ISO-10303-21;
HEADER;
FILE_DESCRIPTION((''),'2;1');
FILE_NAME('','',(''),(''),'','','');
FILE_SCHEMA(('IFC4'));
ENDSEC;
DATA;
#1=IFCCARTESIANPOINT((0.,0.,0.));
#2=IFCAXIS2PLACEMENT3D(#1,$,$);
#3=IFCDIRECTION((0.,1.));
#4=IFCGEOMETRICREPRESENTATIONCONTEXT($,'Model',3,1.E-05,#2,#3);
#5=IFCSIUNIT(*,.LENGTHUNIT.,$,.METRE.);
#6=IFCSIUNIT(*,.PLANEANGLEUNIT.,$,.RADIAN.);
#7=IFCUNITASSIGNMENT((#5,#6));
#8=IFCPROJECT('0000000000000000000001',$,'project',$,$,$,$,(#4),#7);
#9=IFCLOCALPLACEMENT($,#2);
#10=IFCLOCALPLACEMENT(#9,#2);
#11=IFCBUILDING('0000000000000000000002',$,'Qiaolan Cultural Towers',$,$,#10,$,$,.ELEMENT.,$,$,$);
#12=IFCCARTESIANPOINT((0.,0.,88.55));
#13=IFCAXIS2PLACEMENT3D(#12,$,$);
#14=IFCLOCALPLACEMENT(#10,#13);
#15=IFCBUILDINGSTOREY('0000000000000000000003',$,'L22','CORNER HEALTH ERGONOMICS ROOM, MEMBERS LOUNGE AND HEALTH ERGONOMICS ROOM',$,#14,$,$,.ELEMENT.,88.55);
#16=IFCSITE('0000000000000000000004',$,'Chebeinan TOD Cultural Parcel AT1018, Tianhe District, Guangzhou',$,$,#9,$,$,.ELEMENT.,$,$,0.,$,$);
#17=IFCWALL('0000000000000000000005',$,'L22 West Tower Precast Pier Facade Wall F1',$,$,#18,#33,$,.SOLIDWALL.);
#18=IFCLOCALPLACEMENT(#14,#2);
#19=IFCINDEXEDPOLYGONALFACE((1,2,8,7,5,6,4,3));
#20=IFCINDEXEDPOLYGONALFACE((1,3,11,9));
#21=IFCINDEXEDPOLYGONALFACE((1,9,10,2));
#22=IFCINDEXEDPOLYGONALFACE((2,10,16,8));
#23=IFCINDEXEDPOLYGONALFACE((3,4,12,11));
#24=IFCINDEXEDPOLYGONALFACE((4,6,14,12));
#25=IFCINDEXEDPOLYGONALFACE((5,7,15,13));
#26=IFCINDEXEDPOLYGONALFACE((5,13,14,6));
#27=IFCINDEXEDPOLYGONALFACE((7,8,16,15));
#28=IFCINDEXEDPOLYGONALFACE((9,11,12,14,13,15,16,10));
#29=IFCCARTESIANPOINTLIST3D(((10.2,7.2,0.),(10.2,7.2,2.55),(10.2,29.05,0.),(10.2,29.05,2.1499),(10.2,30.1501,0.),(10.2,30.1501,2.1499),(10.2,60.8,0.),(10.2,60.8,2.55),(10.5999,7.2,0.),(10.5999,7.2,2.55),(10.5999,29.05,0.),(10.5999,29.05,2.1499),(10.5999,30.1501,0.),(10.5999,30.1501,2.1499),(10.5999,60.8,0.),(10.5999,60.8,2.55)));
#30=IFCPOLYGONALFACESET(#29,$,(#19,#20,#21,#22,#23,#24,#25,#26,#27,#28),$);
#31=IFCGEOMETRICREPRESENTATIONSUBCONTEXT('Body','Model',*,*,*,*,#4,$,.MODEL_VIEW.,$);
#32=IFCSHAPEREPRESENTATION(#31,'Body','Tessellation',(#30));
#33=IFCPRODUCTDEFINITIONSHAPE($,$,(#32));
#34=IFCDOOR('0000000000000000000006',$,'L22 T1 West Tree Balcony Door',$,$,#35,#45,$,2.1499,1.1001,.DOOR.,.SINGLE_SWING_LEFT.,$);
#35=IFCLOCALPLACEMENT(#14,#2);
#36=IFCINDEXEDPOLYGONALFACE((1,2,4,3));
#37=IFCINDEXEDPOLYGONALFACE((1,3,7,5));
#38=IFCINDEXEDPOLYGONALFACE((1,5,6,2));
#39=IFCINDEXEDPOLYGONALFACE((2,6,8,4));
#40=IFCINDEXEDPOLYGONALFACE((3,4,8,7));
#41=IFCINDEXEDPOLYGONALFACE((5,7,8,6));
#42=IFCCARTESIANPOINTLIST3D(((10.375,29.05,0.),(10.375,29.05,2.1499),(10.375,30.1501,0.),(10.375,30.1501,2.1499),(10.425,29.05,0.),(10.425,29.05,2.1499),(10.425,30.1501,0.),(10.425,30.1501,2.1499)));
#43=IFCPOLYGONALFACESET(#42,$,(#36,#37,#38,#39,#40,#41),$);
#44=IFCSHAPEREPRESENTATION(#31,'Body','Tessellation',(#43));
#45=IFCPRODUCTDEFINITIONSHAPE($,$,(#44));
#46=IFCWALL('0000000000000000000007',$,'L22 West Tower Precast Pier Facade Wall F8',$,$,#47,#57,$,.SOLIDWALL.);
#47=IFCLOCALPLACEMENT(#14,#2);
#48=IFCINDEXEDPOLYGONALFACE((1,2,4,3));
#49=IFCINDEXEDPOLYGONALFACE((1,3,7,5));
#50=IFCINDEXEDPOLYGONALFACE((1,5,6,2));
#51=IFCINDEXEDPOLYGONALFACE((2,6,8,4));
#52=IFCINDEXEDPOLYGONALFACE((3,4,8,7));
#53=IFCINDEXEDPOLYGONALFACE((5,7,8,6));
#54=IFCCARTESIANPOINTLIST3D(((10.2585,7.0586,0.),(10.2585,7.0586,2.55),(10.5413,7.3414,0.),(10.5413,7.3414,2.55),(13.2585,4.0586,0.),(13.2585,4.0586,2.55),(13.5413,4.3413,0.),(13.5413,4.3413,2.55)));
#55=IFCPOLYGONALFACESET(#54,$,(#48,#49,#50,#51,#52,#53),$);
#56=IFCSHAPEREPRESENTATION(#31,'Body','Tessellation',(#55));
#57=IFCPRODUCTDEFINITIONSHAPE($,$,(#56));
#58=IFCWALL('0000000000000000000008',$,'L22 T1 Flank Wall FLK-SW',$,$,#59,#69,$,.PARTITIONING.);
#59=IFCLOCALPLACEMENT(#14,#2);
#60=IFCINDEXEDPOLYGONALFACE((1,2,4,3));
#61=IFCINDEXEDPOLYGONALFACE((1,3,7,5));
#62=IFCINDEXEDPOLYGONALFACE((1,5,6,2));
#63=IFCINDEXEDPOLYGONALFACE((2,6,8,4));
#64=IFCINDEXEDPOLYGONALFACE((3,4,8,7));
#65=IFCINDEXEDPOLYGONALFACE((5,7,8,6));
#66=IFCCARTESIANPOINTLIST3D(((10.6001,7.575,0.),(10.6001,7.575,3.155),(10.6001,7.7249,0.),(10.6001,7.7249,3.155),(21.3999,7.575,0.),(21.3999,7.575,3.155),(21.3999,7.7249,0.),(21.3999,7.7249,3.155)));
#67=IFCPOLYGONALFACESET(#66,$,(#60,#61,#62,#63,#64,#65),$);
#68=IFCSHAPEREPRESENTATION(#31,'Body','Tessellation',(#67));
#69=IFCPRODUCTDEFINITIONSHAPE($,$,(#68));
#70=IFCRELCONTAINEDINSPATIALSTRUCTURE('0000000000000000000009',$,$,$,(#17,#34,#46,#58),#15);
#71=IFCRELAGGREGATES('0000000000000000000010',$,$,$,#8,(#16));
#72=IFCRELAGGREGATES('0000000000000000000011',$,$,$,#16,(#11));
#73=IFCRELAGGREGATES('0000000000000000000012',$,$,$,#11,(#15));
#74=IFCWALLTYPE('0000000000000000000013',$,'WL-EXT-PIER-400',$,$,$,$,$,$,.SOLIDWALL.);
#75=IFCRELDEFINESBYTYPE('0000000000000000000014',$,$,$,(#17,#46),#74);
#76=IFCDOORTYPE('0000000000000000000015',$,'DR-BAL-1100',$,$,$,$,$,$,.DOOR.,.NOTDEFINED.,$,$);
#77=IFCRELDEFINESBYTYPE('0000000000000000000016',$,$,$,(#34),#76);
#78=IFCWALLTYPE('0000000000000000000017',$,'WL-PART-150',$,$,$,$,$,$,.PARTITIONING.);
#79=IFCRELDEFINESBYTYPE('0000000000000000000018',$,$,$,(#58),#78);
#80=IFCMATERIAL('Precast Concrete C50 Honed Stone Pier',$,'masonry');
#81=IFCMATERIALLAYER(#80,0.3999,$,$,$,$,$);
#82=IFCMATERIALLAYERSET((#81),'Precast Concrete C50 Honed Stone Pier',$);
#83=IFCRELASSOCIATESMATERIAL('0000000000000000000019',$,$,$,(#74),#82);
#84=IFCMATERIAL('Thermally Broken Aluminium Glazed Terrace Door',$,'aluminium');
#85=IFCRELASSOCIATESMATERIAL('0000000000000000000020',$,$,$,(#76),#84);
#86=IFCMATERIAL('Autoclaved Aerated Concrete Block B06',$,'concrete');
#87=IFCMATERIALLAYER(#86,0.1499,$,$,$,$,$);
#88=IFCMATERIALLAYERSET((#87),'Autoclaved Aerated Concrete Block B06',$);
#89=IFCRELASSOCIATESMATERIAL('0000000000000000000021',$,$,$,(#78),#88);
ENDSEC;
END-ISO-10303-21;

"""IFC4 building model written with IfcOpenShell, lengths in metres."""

from ifc_helpers import new_model, si_unit, direction, frame, frame_2d, origin, place, context, subcontext, project, spatial, rectangle, extrude, material, layer, layer_set, type_object, element, fill, save


model = new_model("IFC4")

# Units and contexts
model_context = context("Model", 3, precision=1e-05, world=origin(), true_north=direction((0.0, 1.0)))
body_context = subcontext(model_context, "Body", "Model", "MODEL_VIEW")
ifc_project = project(units=[si_unit("LENGTHUNIT", "METRE"), si_unit("PLANEANGLEUNIT", "RADIAN")], contexts=[model_context])

# Site, building, storey
site_placement = place(None, origin())
site = spatial("IfcSite", under=ifc_project, at=site_placement, Name="Chebeinan TOD Cultural Parcel AT1018, Tianhe District, Guangzhou", CompositionType="ELEMENT", RefElevation=0.0)
building_placement = place(site_placement, origin())
building = spatial("IfcBuilding", under=site, at=building_placement, Name="Qiaolan Cultural Towers", CompositionType="ELEMENT")
storey_placement = place(building_placement, frame((0.0, 0.0, 88.55)))
storey = spatial("IfcBuildingStorey", under=building, at=storey_placement, Name="L22", Description="CORNER HEALTH ERGONOMICS ROOM, MEMBERS LOUNGE AND HEALTH ERGONOMICS ROOM", CompositionType="ELEMENT", Elevation=88.55)

# Wall, opening, door
ifc_material_1 = material(Name="Precast Concrete C50 Honed Stone Pier", Category="masonry")
ifc_layer_1 = layer(ifc_material_1, 0.3999)
ifc_layer_set_1 = layer_set([ifc_layer_1], Name="Precast Concrete C50 Honed Stone Pier")
wall_type_1 = type_object("IfcWallType", Name="WL-EXT-PIER-400", PredefinedType="SOLIDWALL", material=ifc_layer_set_1)
wall_1_placement = place(storey_placement, frame((10.3999, 7.2, 0.0), z_axis=(0.0, 0.0, 1.0), x_axis=(0.0, 1.0, 0.0)))
wall_1 = element("IfcWall", 1, at=wall_1_placement, inside=storey, type_object=wall_type_1, Name="L22 West Tower Precast Pier Facade Wall F1", PredefinedType="SOLIDWALL", context=body_context, shape_type="SweptSolid", body=[
    extrude(rectangle(XDim=53.6001, YDim=0.3999, at=frame_2d((26.8, 0.0))), origin(), (0.0, 0.0, 1.0), 2.55),
])
opening_placement = place(wall_1_placement, frame((21.8501, 0.0, 0.0)))
opening = element("IfcOpeningElement", 2, at=opening_placement, cuts=wall_1, PredefinedType="OPENING", context=body_context, shape_type="SweptSolid", body=[
    extrude(rectangle(XDim=1.1001, YDim=2.1499, at=frame_2d((0.55, 1.075))), frame((0.0, 0.21, 0.0), z_axis=(0.0, -1.0, 0.0), x_axis=(1.0, 0.0, 0.0)), (0.0, 0.0, 1.0), 0.4199),
])
ifc_material_2 = material(Name="Thermally Broken Aluminium Glazed Terrace Door", Category="aluminium")
door_type = type_object("IfcDoorType", Name="DR-BAL-1100", OperationType="NOTDEFINED", PredefinedType="DOOR", material=ifc_material_2)
door_placement = place(opening_placement, origin())
door = element("IfcDoor", 3, at=door_placement, inside=storey, type_object=door_type, Name="L22 T1 West Tree Balcony Door", OperationType="SINGLE_SWING_LEFT", OverallHeight=2.1499, OverallWidth=1.1001, PredefinedType="DOOR", context=body_context, shape_type="SweptSolid", body=[
    extrude(rectangle(XDim=1.1001, YDim=2.1499, at=frame_2d((0.55, 1.075))), frame((0.0, 0.0249, 0.0), z_axis=(0.0, -1.0, 0.0), x_axis=(1.0, 0.0, 0.0)), (0.0, 0.0, 1.0), 0.05),
])
fill(opening, door)

# Walls
wall_2_placement = place(storey_placement, frame((13.3999, 4.2, 0.0), z_axis=(0.0, 0.0, 1.0), x_axis=(-0.707107, 0.707107, 0.0)))
element("IfcWall", 4, at=wall_2_placement, inside=storey, type_object=wall_type_1, Name="L22 West Tower Precast Pier Facade Wall F8", PredefinedType="SOLIDWALL", context=body_context, shape_type="SweptSolid", body=[
    extrude(rectangle(XDim=4.2427, YDim=0.3999, at=frame_2d((2.1213, 0.0))), origin(), (0.0, 0.0, 1.0), 2.55),
])
ifc_material_3 = material(Name="Autoclaved Aerated Concrete Block B06", Category="concrete")
ifc_layer_2 = layer(ifc_material_3, 0.1499)
ifc_layer_set_2 = layer_set([ifc_layer_2], Name="Autoclaved Aerated Concrete Block B06")
wall_type_2 = type_object("IfcWallType", Name="WL-PART-150", PredefinedType="PARTITIONING", material=ifc_layer_set_2)
wall_3_placement = place(storey_placement, frame((10.6001, 7.6499, 0.0), z_axis=(0.0, 0.0, 1.0), x_axis=(1.0, 0.0, 0.0)))
element("IfcWall", 5, at=wall_3_placement, inside=storey, type_object=wall_type_2, Name="L22 T1 Flank Wall FLK-SW", PredefinedType="PARTITIONING", context=body_context, shape_type="SweptSolid", body=[
    extrude(rectangle(XDim=10.7998, YDim=0.1499, at=frame_2d((5.3999, 0.0))), origin(), (0.0, 0.0, 1.0), 3.155),
])

save(model, "model.ifc")
